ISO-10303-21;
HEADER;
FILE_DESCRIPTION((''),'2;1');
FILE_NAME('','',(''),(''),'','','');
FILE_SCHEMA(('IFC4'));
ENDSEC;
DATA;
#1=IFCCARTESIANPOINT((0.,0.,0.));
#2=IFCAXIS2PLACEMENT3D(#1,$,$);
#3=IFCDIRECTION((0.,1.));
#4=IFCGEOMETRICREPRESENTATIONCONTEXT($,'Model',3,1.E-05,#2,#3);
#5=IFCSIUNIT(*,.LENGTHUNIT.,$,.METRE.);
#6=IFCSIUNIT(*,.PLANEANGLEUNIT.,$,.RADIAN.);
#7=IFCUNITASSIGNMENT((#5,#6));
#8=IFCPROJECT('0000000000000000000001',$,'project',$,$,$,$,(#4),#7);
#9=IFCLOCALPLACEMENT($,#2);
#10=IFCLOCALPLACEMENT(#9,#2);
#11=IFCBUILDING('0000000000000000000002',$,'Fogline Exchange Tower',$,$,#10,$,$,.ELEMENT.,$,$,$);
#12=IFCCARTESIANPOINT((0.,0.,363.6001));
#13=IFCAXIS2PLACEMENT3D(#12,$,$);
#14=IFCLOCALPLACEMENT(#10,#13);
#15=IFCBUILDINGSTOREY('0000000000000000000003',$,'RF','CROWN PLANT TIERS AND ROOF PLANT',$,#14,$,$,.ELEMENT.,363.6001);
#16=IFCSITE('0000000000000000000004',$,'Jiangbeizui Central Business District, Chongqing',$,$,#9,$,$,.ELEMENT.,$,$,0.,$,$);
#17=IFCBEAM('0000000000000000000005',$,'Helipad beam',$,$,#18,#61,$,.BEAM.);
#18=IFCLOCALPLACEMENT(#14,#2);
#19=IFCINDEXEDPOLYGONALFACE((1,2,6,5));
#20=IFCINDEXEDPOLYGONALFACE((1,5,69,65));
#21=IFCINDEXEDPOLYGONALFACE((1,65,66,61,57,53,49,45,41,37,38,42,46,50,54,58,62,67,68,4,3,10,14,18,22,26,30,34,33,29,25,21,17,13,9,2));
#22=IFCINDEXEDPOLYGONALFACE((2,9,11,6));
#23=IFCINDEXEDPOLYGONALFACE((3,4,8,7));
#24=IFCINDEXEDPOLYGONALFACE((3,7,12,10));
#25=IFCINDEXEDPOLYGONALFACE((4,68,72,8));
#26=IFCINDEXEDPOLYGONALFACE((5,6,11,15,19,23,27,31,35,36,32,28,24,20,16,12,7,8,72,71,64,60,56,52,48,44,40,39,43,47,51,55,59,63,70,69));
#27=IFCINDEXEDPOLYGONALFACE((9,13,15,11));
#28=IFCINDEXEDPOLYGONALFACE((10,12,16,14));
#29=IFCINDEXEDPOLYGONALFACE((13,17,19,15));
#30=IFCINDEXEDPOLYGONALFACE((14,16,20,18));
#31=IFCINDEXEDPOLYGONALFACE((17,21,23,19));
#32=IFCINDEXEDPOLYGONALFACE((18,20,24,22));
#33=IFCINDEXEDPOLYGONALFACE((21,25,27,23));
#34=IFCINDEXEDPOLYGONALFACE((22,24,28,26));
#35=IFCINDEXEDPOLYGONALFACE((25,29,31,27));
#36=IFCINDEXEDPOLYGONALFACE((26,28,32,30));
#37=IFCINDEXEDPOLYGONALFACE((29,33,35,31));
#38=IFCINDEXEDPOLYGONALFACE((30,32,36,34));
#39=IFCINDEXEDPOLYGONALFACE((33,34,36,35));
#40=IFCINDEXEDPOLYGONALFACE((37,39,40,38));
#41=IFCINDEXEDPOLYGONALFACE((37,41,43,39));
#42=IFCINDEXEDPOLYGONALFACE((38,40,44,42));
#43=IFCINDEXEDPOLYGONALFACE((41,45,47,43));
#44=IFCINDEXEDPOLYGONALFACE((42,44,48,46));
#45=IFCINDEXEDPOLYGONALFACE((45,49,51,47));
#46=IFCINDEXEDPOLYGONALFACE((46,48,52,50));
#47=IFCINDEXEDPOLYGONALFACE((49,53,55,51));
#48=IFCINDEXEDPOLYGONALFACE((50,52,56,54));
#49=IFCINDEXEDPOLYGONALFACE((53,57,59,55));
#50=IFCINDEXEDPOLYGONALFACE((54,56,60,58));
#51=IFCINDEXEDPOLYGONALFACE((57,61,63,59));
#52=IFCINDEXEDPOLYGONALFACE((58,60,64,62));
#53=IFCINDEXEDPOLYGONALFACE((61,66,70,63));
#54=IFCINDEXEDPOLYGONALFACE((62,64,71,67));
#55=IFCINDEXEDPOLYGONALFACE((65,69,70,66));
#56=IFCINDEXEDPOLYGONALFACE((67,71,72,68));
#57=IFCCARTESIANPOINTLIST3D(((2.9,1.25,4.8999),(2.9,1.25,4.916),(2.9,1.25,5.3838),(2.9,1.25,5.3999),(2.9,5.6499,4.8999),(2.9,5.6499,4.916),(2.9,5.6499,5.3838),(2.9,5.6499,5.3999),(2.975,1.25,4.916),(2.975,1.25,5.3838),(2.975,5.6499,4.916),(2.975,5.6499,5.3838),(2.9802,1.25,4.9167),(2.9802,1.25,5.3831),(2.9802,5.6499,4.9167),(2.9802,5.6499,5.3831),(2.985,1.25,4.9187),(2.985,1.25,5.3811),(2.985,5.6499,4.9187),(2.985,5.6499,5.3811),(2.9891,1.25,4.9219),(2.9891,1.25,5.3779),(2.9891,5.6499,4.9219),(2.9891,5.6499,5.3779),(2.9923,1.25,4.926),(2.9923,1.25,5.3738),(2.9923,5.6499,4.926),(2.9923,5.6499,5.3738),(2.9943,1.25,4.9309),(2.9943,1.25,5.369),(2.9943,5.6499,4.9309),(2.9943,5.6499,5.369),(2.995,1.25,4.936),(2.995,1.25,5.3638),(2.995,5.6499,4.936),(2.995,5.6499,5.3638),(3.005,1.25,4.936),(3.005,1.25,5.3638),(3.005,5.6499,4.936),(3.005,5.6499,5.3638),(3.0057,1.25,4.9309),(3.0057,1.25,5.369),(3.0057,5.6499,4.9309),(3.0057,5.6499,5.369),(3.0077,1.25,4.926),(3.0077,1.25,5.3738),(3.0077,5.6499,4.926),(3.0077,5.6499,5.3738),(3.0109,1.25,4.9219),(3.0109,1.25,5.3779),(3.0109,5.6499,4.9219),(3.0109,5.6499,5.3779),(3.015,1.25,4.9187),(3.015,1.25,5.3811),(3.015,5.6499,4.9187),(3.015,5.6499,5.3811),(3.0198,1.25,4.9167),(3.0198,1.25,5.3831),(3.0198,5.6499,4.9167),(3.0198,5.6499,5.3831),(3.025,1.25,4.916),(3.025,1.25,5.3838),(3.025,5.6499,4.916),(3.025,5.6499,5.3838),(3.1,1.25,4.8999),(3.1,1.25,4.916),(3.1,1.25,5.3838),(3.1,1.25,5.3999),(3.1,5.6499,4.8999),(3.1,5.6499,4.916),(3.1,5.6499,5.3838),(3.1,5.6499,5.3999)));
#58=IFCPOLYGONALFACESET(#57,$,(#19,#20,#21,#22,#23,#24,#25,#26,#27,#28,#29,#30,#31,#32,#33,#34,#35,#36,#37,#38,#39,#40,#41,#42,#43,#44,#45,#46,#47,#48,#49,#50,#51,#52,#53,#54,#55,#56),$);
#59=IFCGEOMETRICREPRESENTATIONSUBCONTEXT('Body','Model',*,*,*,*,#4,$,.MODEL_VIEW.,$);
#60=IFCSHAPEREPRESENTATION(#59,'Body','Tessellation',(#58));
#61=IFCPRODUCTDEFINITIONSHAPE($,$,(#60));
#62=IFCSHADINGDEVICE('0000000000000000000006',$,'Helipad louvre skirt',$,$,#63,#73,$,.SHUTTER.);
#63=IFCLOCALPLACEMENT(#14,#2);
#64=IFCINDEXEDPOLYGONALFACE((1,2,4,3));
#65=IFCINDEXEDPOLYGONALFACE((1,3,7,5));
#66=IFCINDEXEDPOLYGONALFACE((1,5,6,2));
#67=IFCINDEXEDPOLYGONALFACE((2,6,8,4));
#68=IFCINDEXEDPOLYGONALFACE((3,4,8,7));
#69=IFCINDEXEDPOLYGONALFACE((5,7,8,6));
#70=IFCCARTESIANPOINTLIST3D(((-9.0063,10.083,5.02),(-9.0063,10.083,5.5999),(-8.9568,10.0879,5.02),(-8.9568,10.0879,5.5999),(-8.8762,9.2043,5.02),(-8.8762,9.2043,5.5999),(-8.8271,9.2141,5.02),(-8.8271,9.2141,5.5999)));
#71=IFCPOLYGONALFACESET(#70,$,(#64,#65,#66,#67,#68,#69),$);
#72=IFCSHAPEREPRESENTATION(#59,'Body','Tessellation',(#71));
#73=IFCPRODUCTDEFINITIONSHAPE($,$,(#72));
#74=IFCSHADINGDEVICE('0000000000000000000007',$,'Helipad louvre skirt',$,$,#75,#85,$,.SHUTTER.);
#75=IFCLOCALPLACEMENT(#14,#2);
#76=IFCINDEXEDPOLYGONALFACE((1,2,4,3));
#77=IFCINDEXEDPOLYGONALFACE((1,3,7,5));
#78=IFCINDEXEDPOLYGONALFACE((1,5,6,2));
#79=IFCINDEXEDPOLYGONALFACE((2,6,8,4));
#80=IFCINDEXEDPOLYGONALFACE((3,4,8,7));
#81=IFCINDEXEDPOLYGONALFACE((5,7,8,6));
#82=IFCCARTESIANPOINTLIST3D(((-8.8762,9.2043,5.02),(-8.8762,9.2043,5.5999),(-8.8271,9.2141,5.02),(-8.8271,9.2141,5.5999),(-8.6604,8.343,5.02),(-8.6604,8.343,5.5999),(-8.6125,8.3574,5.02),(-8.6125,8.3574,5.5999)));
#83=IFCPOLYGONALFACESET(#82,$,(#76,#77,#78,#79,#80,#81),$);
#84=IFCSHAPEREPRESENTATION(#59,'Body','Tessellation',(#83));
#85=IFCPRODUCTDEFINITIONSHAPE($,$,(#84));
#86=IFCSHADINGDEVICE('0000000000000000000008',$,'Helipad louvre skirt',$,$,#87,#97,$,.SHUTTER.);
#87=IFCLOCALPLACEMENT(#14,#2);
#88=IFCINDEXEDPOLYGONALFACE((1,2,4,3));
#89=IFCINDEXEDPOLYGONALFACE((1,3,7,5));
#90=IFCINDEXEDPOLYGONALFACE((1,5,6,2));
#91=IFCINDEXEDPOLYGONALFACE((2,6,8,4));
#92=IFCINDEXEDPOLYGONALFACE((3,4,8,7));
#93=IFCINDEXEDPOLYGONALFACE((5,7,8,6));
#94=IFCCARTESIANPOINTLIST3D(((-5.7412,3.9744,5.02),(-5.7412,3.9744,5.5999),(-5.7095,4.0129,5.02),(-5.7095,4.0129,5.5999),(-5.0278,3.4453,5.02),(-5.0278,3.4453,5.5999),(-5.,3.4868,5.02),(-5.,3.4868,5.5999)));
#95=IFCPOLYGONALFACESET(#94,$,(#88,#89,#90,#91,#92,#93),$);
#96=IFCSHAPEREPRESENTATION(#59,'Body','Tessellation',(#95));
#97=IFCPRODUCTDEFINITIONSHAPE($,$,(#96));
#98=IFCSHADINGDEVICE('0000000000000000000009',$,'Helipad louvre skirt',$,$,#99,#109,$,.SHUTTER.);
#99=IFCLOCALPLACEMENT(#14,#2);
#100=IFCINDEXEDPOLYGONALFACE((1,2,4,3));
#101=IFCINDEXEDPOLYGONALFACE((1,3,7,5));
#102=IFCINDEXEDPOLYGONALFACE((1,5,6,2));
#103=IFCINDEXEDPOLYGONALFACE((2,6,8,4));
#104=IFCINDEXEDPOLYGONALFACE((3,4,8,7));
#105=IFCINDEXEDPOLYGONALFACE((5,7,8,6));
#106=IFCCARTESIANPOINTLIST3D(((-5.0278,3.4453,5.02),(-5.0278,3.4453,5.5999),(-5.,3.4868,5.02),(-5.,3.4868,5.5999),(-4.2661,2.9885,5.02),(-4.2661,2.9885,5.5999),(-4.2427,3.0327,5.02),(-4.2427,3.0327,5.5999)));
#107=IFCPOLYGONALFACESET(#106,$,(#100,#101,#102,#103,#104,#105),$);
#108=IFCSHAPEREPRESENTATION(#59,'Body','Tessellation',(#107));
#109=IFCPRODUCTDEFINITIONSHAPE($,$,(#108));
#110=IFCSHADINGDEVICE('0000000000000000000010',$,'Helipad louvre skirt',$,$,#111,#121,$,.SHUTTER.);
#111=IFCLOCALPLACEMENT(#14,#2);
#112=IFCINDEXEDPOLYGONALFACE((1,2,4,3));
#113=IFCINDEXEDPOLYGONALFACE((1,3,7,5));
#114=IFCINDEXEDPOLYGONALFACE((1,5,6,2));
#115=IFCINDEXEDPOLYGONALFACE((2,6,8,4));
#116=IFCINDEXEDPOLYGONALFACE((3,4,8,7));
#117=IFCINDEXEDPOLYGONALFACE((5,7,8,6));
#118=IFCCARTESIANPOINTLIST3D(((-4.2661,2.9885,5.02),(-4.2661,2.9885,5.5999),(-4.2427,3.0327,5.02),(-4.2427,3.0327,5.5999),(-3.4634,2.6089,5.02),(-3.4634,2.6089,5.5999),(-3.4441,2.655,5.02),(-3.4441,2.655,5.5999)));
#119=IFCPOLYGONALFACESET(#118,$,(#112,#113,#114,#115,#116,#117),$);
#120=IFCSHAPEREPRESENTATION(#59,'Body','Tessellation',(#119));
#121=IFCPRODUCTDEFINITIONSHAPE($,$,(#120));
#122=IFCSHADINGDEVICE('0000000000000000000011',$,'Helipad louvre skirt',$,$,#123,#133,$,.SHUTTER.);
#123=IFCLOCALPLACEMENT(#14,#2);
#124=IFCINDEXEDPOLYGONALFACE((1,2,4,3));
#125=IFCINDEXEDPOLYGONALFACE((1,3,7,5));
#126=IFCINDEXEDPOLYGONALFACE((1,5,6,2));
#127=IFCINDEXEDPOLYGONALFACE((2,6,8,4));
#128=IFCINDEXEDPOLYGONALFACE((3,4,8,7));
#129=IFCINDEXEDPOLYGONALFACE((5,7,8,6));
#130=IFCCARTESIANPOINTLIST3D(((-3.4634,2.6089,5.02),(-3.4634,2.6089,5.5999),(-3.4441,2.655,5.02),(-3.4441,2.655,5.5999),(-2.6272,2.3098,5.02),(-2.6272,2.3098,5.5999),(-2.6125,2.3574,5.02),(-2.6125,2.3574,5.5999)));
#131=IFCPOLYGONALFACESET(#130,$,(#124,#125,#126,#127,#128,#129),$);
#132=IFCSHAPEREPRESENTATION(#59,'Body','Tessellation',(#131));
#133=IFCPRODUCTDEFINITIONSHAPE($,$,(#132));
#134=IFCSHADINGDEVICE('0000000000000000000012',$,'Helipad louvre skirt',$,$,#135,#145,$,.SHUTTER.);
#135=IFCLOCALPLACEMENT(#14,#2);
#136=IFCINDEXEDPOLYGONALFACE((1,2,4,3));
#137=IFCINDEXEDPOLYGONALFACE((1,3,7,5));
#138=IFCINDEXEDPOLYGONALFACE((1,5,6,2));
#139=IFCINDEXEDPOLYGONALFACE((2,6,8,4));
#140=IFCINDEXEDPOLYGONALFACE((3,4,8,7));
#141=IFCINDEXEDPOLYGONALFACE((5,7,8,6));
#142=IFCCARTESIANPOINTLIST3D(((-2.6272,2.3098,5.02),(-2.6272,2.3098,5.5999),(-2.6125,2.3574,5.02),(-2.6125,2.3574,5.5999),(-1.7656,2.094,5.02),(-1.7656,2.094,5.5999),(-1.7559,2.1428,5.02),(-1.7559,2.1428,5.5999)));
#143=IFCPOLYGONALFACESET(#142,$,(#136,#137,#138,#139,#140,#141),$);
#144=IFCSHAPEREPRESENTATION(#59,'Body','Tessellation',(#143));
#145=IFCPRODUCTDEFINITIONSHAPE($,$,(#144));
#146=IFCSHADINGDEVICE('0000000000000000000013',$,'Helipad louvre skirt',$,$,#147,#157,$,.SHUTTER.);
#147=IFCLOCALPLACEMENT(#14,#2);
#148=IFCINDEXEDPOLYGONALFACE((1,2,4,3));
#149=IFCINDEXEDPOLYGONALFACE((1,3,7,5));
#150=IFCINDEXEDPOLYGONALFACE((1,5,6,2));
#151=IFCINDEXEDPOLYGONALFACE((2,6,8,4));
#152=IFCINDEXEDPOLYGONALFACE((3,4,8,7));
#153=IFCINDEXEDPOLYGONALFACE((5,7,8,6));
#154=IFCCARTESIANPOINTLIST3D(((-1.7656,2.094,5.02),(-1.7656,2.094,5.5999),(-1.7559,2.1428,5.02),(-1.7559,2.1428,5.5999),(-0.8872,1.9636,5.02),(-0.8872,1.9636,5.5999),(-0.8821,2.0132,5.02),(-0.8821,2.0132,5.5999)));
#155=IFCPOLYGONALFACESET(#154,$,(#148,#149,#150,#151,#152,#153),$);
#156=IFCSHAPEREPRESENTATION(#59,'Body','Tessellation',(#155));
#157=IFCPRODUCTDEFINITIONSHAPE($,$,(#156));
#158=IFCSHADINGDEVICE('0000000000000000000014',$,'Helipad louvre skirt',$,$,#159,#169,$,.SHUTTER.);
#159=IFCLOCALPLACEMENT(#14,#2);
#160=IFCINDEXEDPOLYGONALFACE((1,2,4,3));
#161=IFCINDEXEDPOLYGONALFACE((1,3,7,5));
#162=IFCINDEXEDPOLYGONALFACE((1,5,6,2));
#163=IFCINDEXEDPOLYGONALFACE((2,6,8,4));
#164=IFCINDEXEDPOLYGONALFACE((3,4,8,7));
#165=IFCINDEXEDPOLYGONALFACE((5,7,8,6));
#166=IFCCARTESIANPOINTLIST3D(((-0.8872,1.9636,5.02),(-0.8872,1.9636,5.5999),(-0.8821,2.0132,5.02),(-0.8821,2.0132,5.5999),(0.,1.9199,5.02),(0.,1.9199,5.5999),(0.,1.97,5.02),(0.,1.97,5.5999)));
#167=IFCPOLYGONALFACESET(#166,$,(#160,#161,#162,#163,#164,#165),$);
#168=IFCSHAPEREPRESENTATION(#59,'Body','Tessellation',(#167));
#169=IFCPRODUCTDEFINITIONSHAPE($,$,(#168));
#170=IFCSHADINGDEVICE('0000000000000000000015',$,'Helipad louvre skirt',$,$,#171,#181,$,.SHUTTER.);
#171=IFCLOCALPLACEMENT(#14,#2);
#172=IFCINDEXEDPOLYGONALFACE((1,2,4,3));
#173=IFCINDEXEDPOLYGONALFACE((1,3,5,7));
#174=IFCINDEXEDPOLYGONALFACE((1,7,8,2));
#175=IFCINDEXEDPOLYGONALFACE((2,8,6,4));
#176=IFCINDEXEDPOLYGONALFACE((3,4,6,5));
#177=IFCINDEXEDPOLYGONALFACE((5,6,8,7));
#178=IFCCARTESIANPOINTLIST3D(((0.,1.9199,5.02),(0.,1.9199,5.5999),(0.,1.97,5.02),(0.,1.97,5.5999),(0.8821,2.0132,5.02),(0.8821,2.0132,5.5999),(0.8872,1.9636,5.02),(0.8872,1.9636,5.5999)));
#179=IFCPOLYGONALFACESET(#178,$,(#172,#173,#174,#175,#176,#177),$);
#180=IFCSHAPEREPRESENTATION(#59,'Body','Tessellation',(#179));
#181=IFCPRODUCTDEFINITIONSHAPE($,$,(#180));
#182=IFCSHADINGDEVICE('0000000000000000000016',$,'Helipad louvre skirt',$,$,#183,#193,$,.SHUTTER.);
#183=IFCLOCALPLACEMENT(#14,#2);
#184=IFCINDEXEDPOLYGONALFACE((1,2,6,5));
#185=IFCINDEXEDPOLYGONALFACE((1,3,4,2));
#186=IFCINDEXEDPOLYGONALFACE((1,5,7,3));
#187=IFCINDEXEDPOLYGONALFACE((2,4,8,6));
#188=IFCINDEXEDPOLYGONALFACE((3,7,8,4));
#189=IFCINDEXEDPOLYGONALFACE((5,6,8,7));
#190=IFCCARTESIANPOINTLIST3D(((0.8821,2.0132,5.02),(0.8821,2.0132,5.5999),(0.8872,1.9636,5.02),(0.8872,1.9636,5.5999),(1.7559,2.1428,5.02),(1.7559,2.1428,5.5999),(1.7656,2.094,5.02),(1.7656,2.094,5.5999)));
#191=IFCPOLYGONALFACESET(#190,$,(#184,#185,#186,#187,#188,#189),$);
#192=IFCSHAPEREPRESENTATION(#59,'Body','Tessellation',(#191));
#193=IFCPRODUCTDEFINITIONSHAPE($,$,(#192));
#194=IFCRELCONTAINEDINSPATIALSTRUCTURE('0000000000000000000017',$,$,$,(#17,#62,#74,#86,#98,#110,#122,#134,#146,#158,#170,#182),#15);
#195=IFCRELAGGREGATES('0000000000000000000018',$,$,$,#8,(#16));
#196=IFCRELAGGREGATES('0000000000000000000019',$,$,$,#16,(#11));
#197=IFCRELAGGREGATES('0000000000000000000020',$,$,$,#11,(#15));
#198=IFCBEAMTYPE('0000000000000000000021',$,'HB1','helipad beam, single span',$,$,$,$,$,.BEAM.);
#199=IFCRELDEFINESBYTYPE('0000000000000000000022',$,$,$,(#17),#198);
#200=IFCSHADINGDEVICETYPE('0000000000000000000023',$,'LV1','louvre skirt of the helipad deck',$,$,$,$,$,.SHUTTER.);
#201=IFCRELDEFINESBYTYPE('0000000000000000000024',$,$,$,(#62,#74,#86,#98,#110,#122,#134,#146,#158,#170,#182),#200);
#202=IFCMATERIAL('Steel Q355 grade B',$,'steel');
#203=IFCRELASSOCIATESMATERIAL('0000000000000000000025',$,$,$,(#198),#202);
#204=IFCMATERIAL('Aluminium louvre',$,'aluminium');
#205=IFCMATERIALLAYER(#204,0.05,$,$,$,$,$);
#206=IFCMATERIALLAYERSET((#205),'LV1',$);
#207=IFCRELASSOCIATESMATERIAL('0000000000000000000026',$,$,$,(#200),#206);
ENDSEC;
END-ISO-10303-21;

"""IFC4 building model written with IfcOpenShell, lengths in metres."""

from ifc_helpers import new_model, si_unit, direction, frame, origin, origin_2d, place, context, subcontext, project, spatial, polyline, i_section, outline, extrude, material, layer, layer_set, material_profile, profile_set, type_object, element, save


model = new_model("IFC4")

# Units and contexts
model_context = context("Model", 3, precision=1e-05, world=origin(), true_north=direction((0.0, 1.0)))
body_context = subcontext(model_context, "Body", "Model", "MODEL_VIEW")
ifc_project = project(units=[si_unit("LENGTHUNIT", "METRE"), si_unit("PLANEANGLEUNIT", "RADIAN")], contexts=[model_context])

# Site, building, storey
site_placement = place(None, origin())
site = spatial("IfcSite", under=ifc_project, at=site_placement, Name="Jiangbeizui Central Business District, Chongqing", CompositionType="ELEMENT", RefElevation=0.0)
building_placement = place(site_placement, origin())
building = spatial("IfcBuilding", under=site, at=building_placement, Name="Fogline Exchange Tower", CompositionType="ELEMENT")
storey_placement = place(building_placement, frame((0.0, 0.0, 363.6001)))
storey = spatial("IfcBuildingStorey", under=building, at=storey_placement, Name="RF", Description="CROWN PLANT TIERS AND ROOF PLANT", CompositionType="ELEMENT", Elevation=363.6001)

# Beam
ifc_material_1 = material(Name="Steel Q355 grade B", Category="steel")
ifc_material_profile = material_profile(ifc_material_1, i_section(OverallWidth=0.2, OverallDepth=0.5, WebThickness=0.01, FlangeThickness=0.0161, FilletRadius=0.02, at=origin_2d()), Name="HN500X200X10X16")
ifc_profile_set = profile_set([ifc_material_profile], Name="Steel Q355 grade B")
beam_type = type_object("IfcBeamType", Name="HB1", Description="helipad beam, single span", PredefinedType="BEAM", material=ifc_profile_set)
for number, where, z_axis, x_axis, name in (
    (1, (3.0, 1.25, 5.1499), (0.0, 1.0, 0.0), (-1.0, 0.0, 0.0), "Helipad beam"),
):
    element("IfcBeam", number, at=place(storey_placement, frame(where, z_axis=z_axis, x_axis=x_axis)), inside=storey, type_object=beam_type, Name=name, PredefinedType="BEAM", context=body_context, shape_type="SweptSolid", body=[
        extrude(i_section(OverallWidth=0.2, OverallDepth=0.5, WebThickness=0.01, FlangeThickness=0.0161, FilletRadius=0.02, at=origin_2d()), origin(), (0.0, 0.0, 1.0), 4.3999),
    ])

# Shading devices
ifc_material_2 = material(Name="Aluminium louvre", Category="aluminium")
ifc_layer_1 = layer(ifc_material_2, 0.05)
ifc_layer_set_1 = layer_set([ifc_layer_1], Name="LV1")
shading_device_type = type_object("IfcShadingDeviceType", Name="LV1", Description="louvre skirt of the helipad deck", PredefinedType="SHUTTER", material=ifc_layer_set_1)
shading_device_1_placement = place(storey_placement, frame((0.0, 0.0, 5.02)))
element("IfcShadingDevice", 2, at=shading_device_1_placement, inside=storey, type_object=shading_device_type, Name="Helipad louvre skirt", PredefinedType="SHUTTER", context=body_context, shape_type="SweptSolid", body=[
    extrude(outline(polyline([(-8.9568, 10.0879), (-9.0063, 10.083), (-8.8762, 9.2043), (-8.8271, 9.2141), (-8.9568, 10.0879)])), origin(), (0.0, 0.0, 1.0), 0.5798),
])
shading_device_2_placement = place(storey_placement, frame((0.0, 0.0, 5.02)))
element("IfcShadingDevice", 3, at=shading_device_2_placement, inside=storey, type_object=shading_device_type, Name="Helipad louvre skirt", PredefinedType="SHUTTER", context=body_context, shape_type="SweptSolid", body=[
    extrude(outline(polyline([(-8.8271, 9.2141), (-8.8762, 9.2043), (-8.6604, 8.343), (-8.6125, 8.3574), (-8.8271, 9.2141)])), origin(), (0.0, 0.0, 1.0), 0.5798),
])
shading_device_3_placement = place(storey_placement, frame((0.0, 0.0, 5.02)))
element("IfcShadingDevice", 4, at=shading_device_3_placement, inside=storey, type_object=shading_device_type, Name="Helipad louvre skirt", PredefinedType="SHUTTER", context=body_context, shape_type="SweptSolid", body=[
    extrude(outline(polyline([(-5.7095, 4.0129), (-5.7412, 3.9744), (-5.0278, 3.4453), (-5.0, 3.4868), (-5.7095, 4.0129)])), origin(), (0.0, 0.0, 1.0), 0.5798),
])
shading_device_4_placement = place(storey_placement, frame((0.0, 0.0, 5.02)))
element("IfcShadingDevice", 5, at=shading_device_4_placement, inside=storey, type_object=shading_device_type, Name="Helipad louvre skirt", PredefinedType="SHUTTER", context=body_context, shape_type="SweptSolid", body=[
    extrude(outline(polyline([(-5.0, 3.4868), (-5.0278, 3.4453), (-4.2661, 2.9885), (-4.2427, 3.0327), (-5.0, 3.4868)])), origin(), (0.0, 0.0, 1.0), 0.5798),
])
shading_device_5_placement = place(storey_placement, frame((0.0, 0.0, 5.02)))
element("IfcShadingDevice", 6, at=shading_device_5_placement, inside=storey, type_object=shading_device_type, Name="Helipad louvre skirt", PredefinedType="SHUTTER", context=body_context, shape_type="SweptSolid", body=[
    extrude(outline(polyline([(-4.2427, 3.0327), (-4.2661, 2.9885), (-3.4634, 2.6089), (-3.4441, 2.655), (-4.2427, 3.0327)])), origin(), (0.0, 0.0, 1.0), 0.5798),
])
shading_device_6_placement = place(storey_placement, frame((0.0, 0.0, 5.02)))
element("IfcShadingDevice", 7, at=shading_device_6_placement, inside=storey, type_object=shading_device_type, Name="Helipad louvre skirt", PredefinedType="SHUTTER", context=body_context, shape_type="SweptSolid", body=[
    extrude(outline(polyline([(-3.4441, 2.655), (-3.4634, 2.6089), (-2.6272, 2.3098), (-2.6125, 2.3574), (-3.4441, 2.655)])), origin(), (0.0, 0.0, 1.0), 0.5798),
])
shading_device_7_placement = place(storey_placement, frame((0.0, 0.0, 5.02)))
element("IfcShadingDevice", 8, at=shading_device_7_placement, inside=storey, type_object=shading_device_type, Name="Helipad louvre skirt", PredefinedType="SHUTTER", context=body_context, shape_type="SweptSolid", body=[
    extrude(outline(polyline([(-2.6125, 2.3574), (-2.6272, 2.3098), (-1.7656, 2.094), (-1.7559, 2.1428), (-2.6125, 2.3574)])), origin(), (0.0, 0.0, 1.0), 0.5798),
])
shading_device_8_placement = place(storey_placement, frame((0.0, 0.0, 5.02)))
element("IfcShadingDevice", 9, at=shading_device_8_placement, inside=storey, type_object=shading_device_type, Name="Helipad louvre skirt", PredefinedType="SHUTTER", context=body_context, shape_type="SweptSolid", body=[
    extrude(outline(polyline([(-1.7559, 2.1428), (-1.7656, 2.094), (-0.8872, 1.9636), (-0.8821, 2.0132), (-1.7559, 2.1428)])), origin(), (0.0, 0.0, 1.0), 0.5798),
])
shading_device_9_placement = place(storey_placement, frame((0.0, 0.0, 5.02)))
element("IfcShadingDevice", 10, at=shading_device_9_placement, inside=storey, type_object=shading_device_type, Name="Helipad louvre skirt", PredefinedType="SHUTTER", context=body_context, shape_type="SweptSolid", body=[
    extrude(outline(polyline([(-0.8821, 2.0132), (-0.8872, 1.9636), (0.0, 1.9199), (0.0, 1.97), (-0.8821, 2.0132)])), origin(), (0.0, 0.0, 1.0), 0.5798),
])
shading_device_10_placement = place(storey_placement, frame((0.0, 0.0, 5.02)))
element("IfcShadingDevice", 11, at=shading_device_10_placement, inside=storey, type_object=shading_device_type, Name="Helipad louvre skirt", PredefinedType="SHUTTER", context=body_context, shape_type="SweptSolid", body=[
    extrude(outline(polyline([(0.0, 1.97), (0.0, 1.9199), (0.8872, 1.9636), (0.8821, 2.0132), (0.0, 1.97)])), origin(), (0.0, 0.0, 1.0), 0.5798),
])
shading_device_11_placement = place(storey_placement, frame((0.0, 0.0, 5.02)))
element("IfcShadingDevice", 12, at=shading_device_11_placement, inside=storey, type_object=shading_device_type, Name="Helipad louvre skirt", PredefinedType="SHUTTER", context=body_context, shape_type="SweptSolid", body=[
    extrude(outline(polyline([(0.8821, 2.0132), (0.8872, 1.9636), (1.7656, 2.094), (1.7559, 2.1428), (0.8821, 2.0132)])), origin(), (0.0, 0.0, 1.0), 0.5798),
])

save(model, "model.ifc")
